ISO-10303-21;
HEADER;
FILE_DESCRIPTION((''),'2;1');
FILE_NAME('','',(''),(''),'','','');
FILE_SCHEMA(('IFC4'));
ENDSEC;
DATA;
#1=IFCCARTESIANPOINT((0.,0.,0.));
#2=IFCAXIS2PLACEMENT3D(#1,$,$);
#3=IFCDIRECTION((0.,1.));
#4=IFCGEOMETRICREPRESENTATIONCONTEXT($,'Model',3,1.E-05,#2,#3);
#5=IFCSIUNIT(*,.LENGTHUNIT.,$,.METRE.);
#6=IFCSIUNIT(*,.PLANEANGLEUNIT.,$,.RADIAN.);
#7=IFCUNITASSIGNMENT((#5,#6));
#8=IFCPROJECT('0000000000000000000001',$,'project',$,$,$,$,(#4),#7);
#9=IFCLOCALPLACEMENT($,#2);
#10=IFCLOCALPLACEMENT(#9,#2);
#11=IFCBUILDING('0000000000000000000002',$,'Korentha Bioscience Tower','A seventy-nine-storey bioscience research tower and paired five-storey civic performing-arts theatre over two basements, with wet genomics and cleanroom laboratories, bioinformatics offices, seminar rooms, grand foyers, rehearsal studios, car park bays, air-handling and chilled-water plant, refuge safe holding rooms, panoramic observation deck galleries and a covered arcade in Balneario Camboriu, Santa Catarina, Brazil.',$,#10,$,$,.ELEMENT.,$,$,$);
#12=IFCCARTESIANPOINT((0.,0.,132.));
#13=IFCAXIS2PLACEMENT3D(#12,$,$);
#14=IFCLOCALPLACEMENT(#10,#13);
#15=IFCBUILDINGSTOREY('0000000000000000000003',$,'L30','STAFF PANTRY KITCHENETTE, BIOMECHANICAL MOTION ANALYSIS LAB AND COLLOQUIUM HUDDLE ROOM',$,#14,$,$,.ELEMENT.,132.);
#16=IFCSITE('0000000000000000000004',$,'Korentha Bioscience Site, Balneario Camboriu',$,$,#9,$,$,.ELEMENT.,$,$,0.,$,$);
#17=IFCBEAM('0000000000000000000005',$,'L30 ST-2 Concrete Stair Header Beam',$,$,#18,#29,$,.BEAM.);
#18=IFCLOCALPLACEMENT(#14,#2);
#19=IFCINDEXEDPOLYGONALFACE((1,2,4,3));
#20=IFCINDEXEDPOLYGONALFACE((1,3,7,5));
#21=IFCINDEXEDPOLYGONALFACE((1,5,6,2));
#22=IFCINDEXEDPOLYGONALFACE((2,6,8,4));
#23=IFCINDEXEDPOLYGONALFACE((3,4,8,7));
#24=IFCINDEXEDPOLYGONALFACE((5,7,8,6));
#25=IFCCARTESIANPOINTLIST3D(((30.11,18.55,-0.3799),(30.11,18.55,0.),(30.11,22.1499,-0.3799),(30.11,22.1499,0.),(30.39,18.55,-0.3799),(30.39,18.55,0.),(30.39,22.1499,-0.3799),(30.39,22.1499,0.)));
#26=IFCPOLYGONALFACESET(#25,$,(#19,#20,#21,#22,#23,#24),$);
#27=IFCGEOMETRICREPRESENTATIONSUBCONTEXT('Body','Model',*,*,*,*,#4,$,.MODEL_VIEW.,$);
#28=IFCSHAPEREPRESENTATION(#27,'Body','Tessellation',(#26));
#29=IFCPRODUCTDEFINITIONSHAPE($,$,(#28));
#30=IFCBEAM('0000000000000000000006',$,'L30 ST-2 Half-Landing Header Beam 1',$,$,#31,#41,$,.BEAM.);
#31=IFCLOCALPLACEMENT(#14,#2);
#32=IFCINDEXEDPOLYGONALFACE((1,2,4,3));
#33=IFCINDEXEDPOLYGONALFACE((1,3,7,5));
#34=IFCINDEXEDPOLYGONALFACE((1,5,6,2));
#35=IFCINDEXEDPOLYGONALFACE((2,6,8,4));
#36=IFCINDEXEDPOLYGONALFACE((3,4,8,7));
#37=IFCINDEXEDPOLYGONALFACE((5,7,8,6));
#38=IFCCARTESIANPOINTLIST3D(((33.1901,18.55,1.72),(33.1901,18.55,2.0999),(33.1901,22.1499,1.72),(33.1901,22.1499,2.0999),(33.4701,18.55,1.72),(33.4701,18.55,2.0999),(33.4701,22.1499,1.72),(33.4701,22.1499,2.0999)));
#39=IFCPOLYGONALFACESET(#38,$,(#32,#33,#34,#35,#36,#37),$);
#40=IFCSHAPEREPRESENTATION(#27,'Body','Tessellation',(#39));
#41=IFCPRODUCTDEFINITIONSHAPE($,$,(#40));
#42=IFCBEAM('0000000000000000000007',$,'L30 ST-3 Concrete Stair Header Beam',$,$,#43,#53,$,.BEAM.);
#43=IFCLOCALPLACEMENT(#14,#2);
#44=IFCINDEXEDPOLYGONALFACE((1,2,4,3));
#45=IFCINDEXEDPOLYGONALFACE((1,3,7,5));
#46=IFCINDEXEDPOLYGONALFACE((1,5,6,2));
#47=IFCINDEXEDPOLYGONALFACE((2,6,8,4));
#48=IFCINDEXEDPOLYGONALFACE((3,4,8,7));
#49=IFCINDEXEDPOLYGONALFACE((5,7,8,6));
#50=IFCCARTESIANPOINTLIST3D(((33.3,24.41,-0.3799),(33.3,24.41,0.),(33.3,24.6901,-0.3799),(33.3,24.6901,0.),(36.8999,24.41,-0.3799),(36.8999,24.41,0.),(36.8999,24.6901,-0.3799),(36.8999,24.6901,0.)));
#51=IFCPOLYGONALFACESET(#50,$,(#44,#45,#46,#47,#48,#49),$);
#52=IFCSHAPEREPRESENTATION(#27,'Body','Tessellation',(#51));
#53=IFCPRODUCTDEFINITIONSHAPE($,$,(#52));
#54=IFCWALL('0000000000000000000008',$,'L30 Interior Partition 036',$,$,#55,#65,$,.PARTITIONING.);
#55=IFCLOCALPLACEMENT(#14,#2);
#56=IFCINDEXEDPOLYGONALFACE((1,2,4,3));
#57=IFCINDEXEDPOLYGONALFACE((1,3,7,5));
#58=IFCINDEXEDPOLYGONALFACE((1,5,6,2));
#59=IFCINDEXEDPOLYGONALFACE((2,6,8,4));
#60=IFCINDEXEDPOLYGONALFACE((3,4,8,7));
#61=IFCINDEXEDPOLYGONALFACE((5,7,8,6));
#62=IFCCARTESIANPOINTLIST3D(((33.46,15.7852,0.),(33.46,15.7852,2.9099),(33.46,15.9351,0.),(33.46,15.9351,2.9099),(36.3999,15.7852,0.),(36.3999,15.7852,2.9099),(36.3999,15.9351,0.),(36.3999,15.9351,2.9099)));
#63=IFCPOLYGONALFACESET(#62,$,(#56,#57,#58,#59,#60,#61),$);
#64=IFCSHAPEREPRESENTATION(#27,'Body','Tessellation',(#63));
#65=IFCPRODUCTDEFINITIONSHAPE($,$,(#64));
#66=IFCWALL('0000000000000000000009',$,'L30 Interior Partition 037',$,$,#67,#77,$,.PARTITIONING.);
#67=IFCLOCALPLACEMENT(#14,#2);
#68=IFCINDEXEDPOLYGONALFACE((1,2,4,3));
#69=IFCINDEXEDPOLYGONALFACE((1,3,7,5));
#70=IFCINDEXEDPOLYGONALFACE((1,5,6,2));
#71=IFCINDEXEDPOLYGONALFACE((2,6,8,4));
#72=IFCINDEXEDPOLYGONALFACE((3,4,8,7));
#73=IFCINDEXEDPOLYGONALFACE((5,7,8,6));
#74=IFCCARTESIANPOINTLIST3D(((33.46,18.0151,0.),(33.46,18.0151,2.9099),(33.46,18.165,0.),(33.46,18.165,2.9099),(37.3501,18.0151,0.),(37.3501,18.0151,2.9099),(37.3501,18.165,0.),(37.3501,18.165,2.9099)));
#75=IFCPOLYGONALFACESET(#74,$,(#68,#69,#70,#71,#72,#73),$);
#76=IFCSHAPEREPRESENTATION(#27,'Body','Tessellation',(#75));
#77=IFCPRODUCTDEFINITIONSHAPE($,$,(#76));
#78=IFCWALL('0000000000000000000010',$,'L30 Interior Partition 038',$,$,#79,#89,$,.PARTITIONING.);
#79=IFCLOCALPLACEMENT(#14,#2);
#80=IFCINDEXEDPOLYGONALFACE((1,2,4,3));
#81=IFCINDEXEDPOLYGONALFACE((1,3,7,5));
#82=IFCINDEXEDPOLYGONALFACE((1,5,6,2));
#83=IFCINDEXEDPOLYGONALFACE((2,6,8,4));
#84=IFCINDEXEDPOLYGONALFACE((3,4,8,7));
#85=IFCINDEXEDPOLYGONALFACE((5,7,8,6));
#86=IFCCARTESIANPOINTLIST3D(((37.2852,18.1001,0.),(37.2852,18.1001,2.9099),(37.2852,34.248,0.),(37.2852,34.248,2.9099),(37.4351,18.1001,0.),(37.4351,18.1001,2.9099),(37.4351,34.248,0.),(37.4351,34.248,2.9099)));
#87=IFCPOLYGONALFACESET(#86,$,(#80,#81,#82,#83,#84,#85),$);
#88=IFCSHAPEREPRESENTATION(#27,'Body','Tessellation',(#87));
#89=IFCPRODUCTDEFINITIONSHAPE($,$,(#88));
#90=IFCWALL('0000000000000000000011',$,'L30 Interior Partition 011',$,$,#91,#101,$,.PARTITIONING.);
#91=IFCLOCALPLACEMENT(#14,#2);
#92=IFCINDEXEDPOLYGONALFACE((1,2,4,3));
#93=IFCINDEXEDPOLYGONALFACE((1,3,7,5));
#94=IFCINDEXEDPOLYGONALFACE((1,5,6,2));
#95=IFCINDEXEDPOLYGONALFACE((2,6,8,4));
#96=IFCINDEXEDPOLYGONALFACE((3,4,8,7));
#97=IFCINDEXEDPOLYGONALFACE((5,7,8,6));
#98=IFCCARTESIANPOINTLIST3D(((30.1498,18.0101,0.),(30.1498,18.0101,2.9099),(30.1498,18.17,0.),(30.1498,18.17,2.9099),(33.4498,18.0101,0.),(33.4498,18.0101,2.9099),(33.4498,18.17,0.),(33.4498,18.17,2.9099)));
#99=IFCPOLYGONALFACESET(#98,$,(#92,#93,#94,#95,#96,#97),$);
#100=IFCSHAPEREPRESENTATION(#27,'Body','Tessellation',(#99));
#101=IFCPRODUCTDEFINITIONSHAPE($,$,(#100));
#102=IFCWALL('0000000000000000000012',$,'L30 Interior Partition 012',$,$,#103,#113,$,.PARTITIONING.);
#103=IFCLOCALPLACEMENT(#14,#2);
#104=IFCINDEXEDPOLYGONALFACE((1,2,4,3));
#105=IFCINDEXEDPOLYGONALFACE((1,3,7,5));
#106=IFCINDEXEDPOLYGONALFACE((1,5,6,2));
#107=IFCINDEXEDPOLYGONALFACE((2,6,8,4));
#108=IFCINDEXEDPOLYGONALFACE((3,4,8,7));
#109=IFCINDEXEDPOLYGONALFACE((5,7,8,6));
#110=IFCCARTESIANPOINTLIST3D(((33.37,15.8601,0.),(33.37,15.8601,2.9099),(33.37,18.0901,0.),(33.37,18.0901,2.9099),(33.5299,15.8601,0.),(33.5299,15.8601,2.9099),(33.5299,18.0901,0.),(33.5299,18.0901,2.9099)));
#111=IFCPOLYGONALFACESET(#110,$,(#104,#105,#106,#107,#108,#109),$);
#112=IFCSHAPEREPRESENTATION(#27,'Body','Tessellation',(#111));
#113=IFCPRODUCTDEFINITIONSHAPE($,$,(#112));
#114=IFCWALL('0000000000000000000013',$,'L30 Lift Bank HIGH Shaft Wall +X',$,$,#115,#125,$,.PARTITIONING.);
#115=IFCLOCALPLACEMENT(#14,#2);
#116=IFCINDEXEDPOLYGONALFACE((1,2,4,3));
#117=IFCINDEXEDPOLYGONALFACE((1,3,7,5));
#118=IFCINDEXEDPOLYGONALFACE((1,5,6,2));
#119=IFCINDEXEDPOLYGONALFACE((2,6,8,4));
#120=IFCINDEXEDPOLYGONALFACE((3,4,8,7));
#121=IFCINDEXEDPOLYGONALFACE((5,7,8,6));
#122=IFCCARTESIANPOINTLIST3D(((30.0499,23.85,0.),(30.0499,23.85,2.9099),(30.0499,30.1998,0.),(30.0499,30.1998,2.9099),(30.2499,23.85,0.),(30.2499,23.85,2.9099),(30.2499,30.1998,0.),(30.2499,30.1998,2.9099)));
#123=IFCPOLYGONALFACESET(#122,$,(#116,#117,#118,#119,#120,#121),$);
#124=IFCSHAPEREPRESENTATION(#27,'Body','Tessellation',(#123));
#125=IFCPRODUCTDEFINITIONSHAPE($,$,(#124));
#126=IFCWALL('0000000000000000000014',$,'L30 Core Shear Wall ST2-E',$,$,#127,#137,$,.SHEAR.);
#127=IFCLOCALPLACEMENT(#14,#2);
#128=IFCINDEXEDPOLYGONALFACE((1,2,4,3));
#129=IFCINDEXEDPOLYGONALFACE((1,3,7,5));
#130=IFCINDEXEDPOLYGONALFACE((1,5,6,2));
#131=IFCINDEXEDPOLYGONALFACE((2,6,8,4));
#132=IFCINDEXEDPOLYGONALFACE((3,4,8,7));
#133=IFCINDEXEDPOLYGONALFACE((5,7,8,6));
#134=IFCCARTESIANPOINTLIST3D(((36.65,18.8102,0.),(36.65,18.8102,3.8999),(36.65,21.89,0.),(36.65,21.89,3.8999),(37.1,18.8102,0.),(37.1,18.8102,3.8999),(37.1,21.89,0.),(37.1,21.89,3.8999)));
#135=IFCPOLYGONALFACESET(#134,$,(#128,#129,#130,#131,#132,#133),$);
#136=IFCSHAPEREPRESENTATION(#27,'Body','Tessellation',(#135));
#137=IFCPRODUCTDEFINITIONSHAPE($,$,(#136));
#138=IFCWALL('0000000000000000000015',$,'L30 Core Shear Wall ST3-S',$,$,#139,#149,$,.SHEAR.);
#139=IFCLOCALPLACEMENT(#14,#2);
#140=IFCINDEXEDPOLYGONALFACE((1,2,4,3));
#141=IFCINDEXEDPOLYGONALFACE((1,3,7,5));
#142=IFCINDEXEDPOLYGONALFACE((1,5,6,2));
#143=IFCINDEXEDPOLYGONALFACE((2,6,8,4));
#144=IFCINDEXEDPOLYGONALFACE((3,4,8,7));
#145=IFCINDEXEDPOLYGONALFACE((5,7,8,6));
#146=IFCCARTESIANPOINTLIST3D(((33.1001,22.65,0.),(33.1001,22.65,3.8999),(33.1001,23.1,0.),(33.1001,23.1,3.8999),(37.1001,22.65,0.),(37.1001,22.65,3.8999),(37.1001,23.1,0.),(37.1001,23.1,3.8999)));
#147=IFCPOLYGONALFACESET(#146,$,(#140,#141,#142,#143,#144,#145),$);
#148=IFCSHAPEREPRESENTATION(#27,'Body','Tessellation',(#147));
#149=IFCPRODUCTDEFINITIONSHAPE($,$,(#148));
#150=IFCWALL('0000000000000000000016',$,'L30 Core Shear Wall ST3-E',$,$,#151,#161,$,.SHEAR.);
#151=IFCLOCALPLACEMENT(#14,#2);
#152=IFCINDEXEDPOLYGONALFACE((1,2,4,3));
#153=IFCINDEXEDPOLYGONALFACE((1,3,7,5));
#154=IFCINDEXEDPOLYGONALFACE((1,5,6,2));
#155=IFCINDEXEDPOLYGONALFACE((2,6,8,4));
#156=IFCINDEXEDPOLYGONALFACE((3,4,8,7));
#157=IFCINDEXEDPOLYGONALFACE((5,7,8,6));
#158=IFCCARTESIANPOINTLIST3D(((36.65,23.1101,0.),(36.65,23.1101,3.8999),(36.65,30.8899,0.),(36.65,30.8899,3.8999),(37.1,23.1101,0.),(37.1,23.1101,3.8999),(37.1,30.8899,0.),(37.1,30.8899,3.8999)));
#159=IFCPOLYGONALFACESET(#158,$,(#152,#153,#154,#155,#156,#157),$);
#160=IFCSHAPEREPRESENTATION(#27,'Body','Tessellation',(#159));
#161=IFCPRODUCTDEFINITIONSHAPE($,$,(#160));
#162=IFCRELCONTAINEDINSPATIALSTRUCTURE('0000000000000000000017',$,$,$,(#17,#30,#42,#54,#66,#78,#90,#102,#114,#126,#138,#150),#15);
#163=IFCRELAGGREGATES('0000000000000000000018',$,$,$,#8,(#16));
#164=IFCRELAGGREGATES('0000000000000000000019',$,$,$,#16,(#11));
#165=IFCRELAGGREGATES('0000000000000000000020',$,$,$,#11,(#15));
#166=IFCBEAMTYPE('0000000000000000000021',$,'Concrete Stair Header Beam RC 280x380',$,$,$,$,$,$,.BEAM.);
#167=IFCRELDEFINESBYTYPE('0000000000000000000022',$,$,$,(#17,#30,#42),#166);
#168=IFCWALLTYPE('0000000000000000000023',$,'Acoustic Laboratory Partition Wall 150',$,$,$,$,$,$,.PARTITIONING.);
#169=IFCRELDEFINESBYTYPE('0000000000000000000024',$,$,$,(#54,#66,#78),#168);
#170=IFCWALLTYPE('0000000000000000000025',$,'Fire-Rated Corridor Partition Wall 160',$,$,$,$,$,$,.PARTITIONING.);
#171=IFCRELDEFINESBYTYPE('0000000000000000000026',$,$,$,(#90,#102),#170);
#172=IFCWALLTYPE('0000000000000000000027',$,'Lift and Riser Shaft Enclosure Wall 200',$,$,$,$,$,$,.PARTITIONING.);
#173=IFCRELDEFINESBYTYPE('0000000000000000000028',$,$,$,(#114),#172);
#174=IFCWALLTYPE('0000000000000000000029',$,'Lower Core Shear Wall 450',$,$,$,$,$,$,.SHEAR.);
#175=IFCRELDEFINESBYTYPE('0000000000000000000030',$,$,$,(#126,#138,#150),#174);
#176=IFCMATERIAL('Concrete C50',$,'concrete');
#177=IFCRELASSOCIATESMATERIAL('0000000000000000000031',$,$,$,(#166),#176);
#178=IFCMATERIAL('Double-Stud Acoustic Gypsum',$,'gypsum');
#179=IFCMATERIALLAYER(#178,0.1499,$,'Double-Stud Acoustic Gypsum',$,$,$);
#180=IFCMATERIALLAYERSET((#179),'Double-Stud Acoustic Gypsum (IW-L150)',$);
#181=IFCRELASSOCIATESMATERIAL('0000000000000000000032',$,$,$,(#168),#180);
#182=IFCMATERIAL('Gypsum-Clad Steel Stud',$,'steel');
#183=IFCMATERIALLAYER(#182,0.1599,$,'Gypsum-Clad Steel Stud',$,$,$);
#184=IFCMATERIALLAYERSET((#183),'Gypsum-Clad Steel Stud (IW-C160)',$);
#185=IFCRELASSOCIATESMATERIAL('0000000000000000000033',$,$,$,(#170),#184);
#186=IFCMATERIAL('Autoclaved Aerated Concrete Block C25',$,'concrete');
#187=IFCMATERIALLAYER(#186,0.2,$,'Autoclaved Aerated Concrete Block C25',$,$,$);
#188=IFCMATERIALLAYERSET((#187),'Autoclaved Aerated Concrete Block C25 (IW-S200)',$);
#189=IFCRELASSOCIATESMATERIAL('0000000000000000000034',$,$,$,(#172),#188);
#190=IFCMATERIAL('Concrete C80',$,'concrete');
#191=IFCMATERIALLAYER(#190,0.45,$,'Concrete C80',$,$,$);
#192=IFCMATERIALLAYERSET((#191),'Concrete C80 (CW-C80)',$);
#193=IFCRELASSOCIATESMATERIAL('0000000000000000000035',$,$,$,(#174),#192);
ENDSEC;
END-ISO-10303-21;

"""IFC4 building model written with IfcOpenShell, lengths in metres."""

from ifc_helpers import new_model, si_unit, direction, frame, frame_2d, origin, origin_2d, place, context, subcontext, project, spatial, rectangle, extrude, material, layer, layer_set, material_profile, profile_set, type_object, element, save


model = new_model("IFC4")

# Units and contexts
model_context = context("Model", 3, precision=1e-05, world=origin(), true_north=direction((0.0, 1.0)))
body_context = subcontext(model_context, "Body", "Model", "MODEL_VIEW")
ifc_project = project(units=[si_unit("LENGTHUNIT", "METRE"), si_unit("PLANEANGLEUNIT", "RADIAN")], contexts=[model_context])

# Site, building, storey
site_placement = place(None, origin())
site = spatial("IfcSite", under=ifc_project, at=site_placement, Name="Korentha Bioscience Site, Balneario Camboriu", CompositionType="ELEMENT", RefElevation=0.0)
building_placement = place(site_placement, origin())
building = spatial("IfcBuilding", under=site, at=building_placement, Name="Korentha Bioscience Tower", Description="A seventy-nine-storey bioscience research tower and paired five-storey civic performing-arts theatre over two basements, with wet genomics and cleanroom laboratories, bioinformatics offices, seminar rooms, grand foyers, rehearsal studios, car park bays, air-handling and chilled-water plant, refuge safe holding rooms, panoramic observation deck galleries and a covered arcade in Balneario Camboriu, Santa Catarina, Brazil.", CompositionType="ELEMENT")
storey_placement = place(building_placement, frame((0.0, 0.0, 132.0)))
storey = spatial("IfcBuildingStorey", under=building, at=storey_placement, Name="L30", Description="STAFF PANTRY KITCHENETTE, BIOMECHANICAL MOTION ANALYSIS LAB AND COLLOQUIUM HUDDLE ROOM", CompositionType="ELEMENT", Elevation=132.0)

# Beams
ifc_material_1 = material(Name="Concrete C50", Category="concrete")
ifc_material_profile = material_profile(ifc_material_1, rectangle(XDim=0.28, YDim=0.3799, at=origin_2d()), Name="Concrete C50")
ifc_profile_set = profile_set([ifc_material_profile], Name="Concrete C50 (ST-HB380)")
beam_type = type_object("IfcBeamType", Name="Concrete Stair Header Beam RC 280x380", PredefinedType="BEAM", material=ifc_profile_set)
for number, where, z_axis, x_axis, name in (
    (1, (30.25, 18.55, -0.1899), (0.0, 1.0, 0.0), (-1.0, 0.0, 0.0), "L30 ST-2 Concrete Stair Header Beam"),
    (2, (33.3301, 18.55, 1.9099), (0.0, 1.0, 0.0), (-1.0, 0.0, 0.0), "L30 ST-2 Half-Landing Header Beam 1"),
    (3, (36.8999, 24.55, -0.1899), (-1.0, 0.0, 0.0), (0.0, -1.0, 0.0), "L30 ST-3 Concrete Stair Header Beam"),
):
    element("IfcBeam", number, at=place(storey_placement, frame(where, z_axis=z_axis, x_axis=x_axis)), inside=storey, type_object=beam_type, Name=name, PredefinedType="BEAM", context=body_context, shape_type="SweptSolid", body=[
        extrude(rectangle(XDim=0.28, YDim=0.3799, at=origin_2d()), origin(), (0.0, 0.0, 1.0), 3.5999),
    ])

# Walls
ifc_material_2 = material(Name="Double-Stud Acoustic Gypsum", Category="gypsum")
ifc_layer_1 = layer(ifc_material_2, 0.1499, Name="Double-Stud Acoustic Gypsum")
ifc_layer_set_1 = layer_set([ifc_layer_1], Name="Double-Stud Acoustic Gypsum (IW-L150)")
wall_type_1 = type_object("IfcWallType", Name="Acoustic Laboratory Partition Wall 150", PredefinedType="PARTITIONING", material=ifc_layer_set_1)
wall_1_placement = place(storey_placement, frame((36.3999, 15.8601, 0.0), z_axis=(0.0, 0.0, 1.0), x_axis=(-1.0, 0.0, 0.0)))
element("IfcWall", 4, at=wall_1_placement, inside=storey, type_object=wall_type_1, Name="L30 Interior Partition 036", PredefinedType="PARTITIONING", context=body_context, shape_type="SweptSolid", body=[
    extrude(rectangle(XDim=2.9399, YDim=0.1499, at=frame_2d((1.47, 0.0))), origin(), (0.0, 0.0, 1.0), 2.9099),
])
wall_2_placement = place(storey_placement, frame((33.46, 18.0901, 0.0), z_axis=(0.0, 0.0, 1.0), x_axis=(1.0, 0.0, 0.0)))
element("IfcWall", 5, at=wall_2_placement, inside=storey, type_object=wall_type_1, Name="L30 Interior Partition 037", PredefinedType="PARTITIONING", context=body_context, shape_type="SweptSolid", body=[
    extrude(rectangle(XDim=3.8901, YDim=0.1499, at=frame_2d((1.9451, 0.0))), origin(), (0.0, 0.0, 1.0), 2.9099),
])
wall_3_placement = place(storey_placement, frame((37.3601, 18.1001, 0.0), z_axis=(0.0, 0.0, 1.0), x_axis=(0.0, 1.0, 0.0)))
element("IfcWall", 6, at=wall_3_placement, inside=storey, type_object=wall_type_1, Name="L30 Interior Partition 038", PredefinedType="PARTITIONING", context=body_context, shape_type="SweptSolid", body=[
    extrude(rectangle(XDim=16.1479, YDim=0.1499, at=frame_2d((8.074, 0.0))), origin(), (0.0, 0.0, 1.0), 2.9099),
])

# Shared definitions
ifc_material_3 = material(Name="Gypsum-Clad Steel Stud", Category="steel")
ifc_layer_2 = layer(ifc_material_3, 0.1599, Name="Gypsum-Clad Steel Stud")
ifc_layer_set_2 = layer_set([ifc_layer_2], Name="Gypsum-Clad Steel Stud (IW-C160)")
wall_type_2 = type_object("IfcWallType", Name="Fire-Rated Corridor Partition Wall 160", PredefinedType="PARTITIONING", material=ifc_layer_set_2)

# Walls
wall_4_placement = place(storey_placement, frame((30.1499, 18.0901, 0.0), z_axis=(0.0, 0.0, 1.0), x_axis=(1.0, 0.0, 0.0)))
element("IfcWall", 7, at=wall_4_placement, inside=storey, type_object=wall_type_2, Name="L30 Interior Partition 011", PredefinedType="PARTITIONING", context=body_context, shape_type="SweptSolid", body=[
    extrude(rectangle(XDim=3.3, YDim=0.1599, at=frame_2d((1.6499, 0.0))), origin(), (0.0, 0.0, 1.0), 2.9099),
])
wall_5_placement = place(storey_placement, frame((33.45, 18.0901, 0.0), z_axis=(0.0, 0.0, 1.0), x_axis=(0.0, -1.0, 0.0)))
element("IfcWall", 8, at=wall_5_placement, inside=storey, type_object=wall_type_2, Name="L30 Interior Partition 012", PredefinedType="PARTITIONING", context=body_context, shape_type="SweptSolid", body=[
    extrude(rectangle(XDim=2.23, YDim=0.1599, at=frame_2d((1.115, 0.0))), origin(), (0.0, 0.0, 1.0), 2.9099),
])
ifc_material_4 = material(Name="Autoclaved Aerated Concrete Block C25", Category="concrete")
ifc_layer_3 = layer(ifc_material_4, 0.2, Name="Autoclaved Aerated Concrete Block C25")
ifc_layer_set_3 = layer_set([ifc_layer_3], Name="Autoclaved Aerated Concrete Block C25 (IW-S200)")
wall_type_3 = type_object("IfcWallType", Name="Lift and Riser Shaft Enclosure Wall 200", PredefinedType="PARTITIONING", material=ifc_layer_set_3)
wall_6_placement = place(storey_placement, frame((30.1499, 23.8501, 0.0), z_axis=(0.0, 0.0, 1.0), x_axis=(0.0, 1.0, 0.0)))
element("IfcWall", 9, at=wall_6_placement, inside=storey, type_object=wall_type_3, Name="L30 Lift Bank HIGH Shaft Wall +X", PredefinedType="PARTITIONING", context=body_context, shape_type="SweptSolid", body=[
    extrude(rectangle(XDim=6.3499, YDim=0.2, at=frame_2d((3.1748, 0.0))), origin(), (0.0, 0.0, 1.0), 2.9099),
])
ifc_material_5 = material(Name="Concrete C80", Category="concrete")
ifc_layer_4 = layer(ifc_material_5, 0.45, Name="Concrete C80")
ifc_layer_set_4 = layer_set([ifc_layer_4], Name="Concrete C80 (CW-C80)")
wall_type_4 = type_object("IfcWallType", Name="Lower Core Shear Wall 450", PredefinedType="SHEAR", material=ifc_layer_set_4)
wall_7_placement = place(storey_placement, frame((36.875, 18.8101, 0.0), z_axis=(0.0, 0.0, 1.0), x_axis=(0.0, 1.0, 0.0)))
element("IfcWall", 10, at=wall_7_placement, inside=storey, type_object=wall_type_4, Name="L30 Core Shear Wall ST2-E", PredefinedType="SHEAR", context=body_context, shape_type="SweptSolid", body=[
    extrude(rectangle(XDim=3.0798, YDim=0.45, at=frame_2d((1.54, 0.0))), origin(), (0.0, 0.0, 1.0), 3.8999),
])
wall_8_placement = place(storey_placement, frame((33.1001, 22.875, 0.0), z_axis=(0.0, 0.0, 1.0), x_axis=(1.0, 0.0, 0.0)))
element("IfcWall", 11, at=wall_8_placement, inside=storey, type_object=wall_type_4, Name="L30 Core Shear Wall ST3-S", PredefinedType="SHEAR", context=body_context, shape_type="SweptSolid", body=[
    extrude(rectangle(XDim=4.0, YDim=0.45, at=frame_2d((2.0, 0.0))), origin(), (0.0, 0.0, 1.0), 3.8999),
])
wall_9_placement = place(storey_placement, frame((36.875, 23.1101, 0.0), z_axis=(0.0, 0.0, 1.0), x_axis=(0.0, 1.0, 0.0)))
element("IfcWall", 12, at=wall_9_placement, inside=storey, type_object=wall_type_4, Name="L30 Core Shear Wall ST3-E", PredefinedType="SHEAR", context=body_context, shape_type="SweptSolid", body=[
    extrude(rectangle(XDim=7.7798, YDim=0.45, at=frame_2d((3.8899, 0.0))), origin(), (0.0, 0.0, 1.0), 3.8999),
])

save(model, "model.ifc")
